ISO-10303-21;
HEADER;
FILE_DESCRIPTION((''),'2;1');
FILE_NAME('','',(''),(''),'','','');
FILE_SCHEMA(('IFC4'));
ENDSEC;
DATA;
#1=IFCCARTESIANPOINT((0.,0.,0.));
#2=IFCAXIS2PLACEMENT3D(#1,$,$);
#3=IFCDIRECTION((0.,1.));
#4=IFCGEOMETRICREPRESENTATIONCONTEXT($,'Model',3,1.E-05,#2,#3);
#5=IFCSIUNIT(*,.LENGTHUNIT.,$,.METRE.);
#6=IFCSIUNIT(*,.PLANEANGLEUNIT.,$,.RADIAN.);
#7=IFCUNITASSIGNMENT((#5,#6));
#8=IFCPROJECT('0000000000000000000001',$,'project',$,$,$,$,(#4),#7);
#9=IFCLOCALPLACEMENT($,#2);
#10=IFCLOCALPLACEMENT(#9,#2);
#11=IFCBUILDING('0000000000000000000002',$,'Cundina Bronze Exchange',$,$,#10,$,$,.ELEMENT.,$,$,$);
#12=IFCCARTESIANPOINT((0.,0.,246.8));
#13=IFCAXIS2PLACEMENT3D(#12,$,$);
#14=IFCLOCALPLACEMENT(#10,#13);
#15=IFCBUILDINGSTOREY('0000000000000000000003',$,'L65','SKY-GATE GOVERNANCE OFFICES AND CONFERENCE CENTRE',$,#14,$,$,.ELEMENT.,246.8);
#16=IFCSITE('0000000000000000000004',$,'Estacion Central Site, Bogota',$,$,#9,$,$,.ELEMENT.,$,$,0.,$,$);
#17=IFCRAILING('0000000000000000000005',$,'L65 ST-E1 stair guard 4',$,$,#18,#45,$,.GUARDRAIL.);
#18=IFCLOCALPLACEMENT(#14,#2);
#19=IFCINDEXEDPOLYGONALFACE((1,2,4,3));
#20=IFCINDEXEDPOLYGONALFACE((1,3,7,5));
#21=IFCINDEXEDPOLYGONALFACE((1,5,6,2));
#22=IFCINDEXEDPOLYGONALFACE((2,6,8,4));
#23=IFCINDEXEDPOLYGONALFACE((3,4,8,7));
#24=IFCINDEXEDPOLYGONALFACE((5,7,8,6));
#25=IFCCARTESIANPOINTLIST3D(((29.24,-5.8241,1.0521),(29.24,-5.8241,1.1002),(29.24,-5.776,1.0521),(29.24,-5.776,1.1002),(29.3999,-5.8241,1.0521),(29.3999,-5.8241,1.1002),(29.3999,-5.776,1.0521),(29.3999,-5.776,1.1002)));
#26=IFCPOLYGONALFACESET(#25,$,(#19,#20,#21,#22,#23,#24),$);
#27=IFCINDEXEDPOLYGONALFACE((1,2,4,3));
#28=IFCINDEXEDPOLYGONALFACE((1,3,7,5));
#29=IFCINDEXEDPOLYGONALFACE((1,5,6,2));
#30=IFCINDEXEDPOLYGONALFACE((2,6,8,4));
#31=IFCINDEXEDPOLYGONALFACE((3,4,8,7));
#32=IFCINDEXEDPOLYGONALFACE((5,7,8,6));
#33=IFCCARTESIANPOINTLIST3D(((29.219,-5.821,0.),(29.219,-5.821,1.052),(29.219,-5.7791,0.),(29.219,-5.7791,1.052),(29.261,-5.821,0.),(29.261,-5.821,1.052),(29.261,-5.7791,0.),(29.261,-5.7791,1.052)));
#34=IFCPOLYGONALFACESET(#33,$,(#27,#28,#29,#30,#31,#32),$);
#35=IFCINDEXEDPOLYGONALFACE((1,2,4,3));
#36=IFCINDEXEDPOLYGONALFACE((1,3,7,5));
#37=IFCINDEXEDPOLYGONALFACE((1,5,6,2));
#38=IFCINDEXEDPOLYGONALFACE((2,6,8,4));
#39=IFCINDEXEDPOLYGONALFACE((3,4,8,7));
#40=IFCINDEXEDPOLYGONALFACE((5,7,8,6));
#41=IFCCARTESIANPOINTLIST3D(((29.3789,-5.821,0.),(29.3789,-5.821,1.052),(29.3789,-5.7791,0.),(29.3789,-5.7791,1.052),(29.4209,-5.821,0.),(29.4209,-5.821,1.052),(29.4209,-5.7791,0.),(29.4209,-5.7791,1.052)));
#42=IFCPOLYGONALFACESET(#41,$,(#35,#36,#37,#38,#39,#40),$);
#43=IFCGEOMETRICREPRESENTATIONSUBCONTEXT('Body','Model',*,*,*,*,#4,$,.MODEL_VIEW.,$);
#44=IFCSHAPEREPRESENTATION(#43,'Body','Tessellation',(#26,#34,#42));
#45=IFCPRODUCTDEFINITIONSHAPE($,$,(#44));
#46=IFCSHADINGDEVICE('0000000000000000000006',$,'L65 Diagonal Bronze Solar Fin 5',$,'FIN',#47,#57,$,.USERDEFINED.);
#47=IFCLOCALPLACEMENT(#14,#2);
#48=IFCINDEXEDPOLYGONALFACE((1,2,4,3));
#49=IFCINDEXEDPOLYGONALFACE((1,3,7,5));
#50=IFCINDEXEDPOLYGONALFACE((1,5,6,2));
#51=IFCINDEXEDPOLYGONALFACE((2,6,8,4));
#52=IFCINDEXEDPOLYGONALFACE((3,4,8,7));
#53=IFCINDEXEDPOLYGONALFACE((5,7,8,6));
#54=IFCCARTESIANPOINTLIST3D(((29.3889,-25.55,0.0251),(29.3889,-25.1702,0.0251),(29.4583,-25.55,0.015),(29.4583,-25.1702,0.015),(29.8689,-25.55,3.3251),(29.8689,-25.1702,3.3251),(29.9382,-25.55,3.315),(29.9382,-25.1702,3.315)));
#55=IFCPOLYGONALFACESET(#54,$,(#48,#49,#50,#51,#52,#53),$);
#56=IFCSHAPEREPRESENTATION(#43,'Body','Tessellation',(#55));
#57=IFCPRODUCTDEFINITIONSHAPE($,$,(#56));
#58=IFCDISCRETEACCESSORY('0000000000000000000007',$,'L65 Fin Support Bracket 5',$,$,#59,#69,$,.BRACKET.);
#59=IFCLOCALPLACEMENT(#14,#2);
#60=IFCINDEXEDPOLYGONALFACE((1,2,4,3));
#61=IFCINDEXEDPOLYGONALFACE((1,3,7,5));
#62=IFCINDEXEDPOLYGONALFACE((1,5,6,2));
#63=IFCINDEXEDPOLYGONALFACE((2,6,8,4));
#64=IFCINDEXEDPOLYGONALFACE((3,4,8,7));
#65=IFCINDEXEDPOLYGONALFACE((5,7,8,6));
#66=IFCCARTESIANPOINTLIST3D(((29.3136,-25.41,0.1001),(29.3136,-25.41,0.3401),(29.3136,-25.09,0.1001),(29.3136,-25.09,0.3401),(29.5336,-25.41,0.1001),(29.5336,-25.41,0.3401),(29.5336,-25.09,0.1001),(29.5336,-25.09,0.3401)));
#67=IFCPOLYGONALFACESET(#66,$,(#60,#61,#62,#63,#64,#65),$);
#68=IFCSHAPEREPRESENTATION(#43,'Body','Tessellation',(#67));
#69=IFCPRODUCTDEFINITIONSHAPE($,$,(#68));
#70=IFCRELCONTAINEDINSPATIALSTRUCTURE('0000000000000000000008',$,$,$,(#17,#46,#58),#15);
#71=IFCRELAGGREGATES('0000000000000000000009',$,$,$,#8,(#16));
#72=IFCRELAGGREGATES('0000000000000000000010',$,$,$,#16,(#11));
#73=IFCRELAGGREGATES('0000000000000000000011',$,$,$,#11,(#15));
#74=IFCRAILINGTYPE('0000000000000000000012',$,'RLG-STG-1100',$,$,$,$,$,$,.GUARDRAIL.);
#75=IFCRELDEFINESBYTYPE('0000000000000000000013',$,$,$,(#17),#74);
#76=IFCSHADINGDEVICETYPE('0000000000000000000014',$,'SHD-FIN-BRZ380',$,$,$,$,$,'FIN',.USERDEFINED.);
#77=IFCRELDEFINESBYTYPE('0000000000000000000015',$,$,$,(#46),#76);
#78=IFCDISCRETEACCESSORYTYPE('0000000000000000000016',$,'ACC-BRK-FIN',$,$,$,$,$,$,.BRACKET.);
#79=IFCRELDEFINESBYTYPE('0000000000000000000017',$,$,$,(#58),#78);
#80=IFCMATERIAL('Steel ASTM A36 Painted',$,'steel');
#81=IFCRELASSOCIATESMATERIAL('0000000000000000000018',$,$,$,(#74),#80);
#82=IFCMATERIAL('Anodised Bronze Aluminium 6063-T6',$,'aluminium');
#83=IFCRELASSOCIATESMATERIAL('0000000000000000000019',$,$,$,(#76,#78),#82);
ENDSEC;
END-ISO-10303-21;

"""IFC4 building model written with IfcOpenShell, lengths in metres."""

from ifc_helpers import new_model, si_unit, direction, frame, origin, origin_2d, place, context, subcontext, project, spatial, rectangle, extrude, material, material_profile, profile_set, type_object, element, save


model = new_model("IFC4")

# Units and contexts
model_context = context("Model", 3, precision=1e-05, world=origin(), true_north=direction((0.0, 1.0)))
body_context = subcontext(model_context, "Body", "Model", "MODEL_VIEW")
ifc_project = project(units=[si_unit("LENGTHUNIT", "METRE"), si_unit("PLANEANGLEUNIT", "RADIAN")], contexts=[model_context])

# Site, building, storey
site_placement = place(None, origin())
site = spatial("IfcSite", under=ifc_project, at=site_placement, Name="Estacion Central Site, Bogota", CompositionType="ELEMENT", RefElevation=0.0)
building_placement = place(site_placement, origin())
building = spatial("IfcBuilding", under=site, at=building_placement, Name="Cundina Bronze Exchange", CompositionType="ELEMENT")
storey_placement = place(building_placement, frame((0.0, 0.0, 246.8)))
storey = spatial("IfcBuildingStorey", under=building, at=storey_placement, Name="L65", Description="SKY-GATE GOVERNANCE OFFICES AND CONFERENCE CENTRE", CompositionType="ELEMENT", Elevation=246.8)

# Shared definitions
ifc_material_1 = material(Name="Anodised Bronze Aluminium 6063-T6", Category="aluminium")

# Shared definitions
ifc_material_2 = material(Name="Steel ASTM A36 Painted", Category="steel")

# Railing
railing_type_1 = type_object("IfcRailingType", Name="RLG-STG-1100", PredefinedType="GUARDRAIL", material=ifc_material_2)
railing_1_placement = place(storey_placement, frame((29.24, -5.8, 0.0)))
element("IfcRailing", 1, at=railing_1_placement, inside=storey, type_object=railing_type_1, Name="L65 ST-E1 stair guard 4", PredefinedType="GUARDRAIL", context=body_context, shape_type="SweptSolid", body=[
    extrude(rectangle(XDim=0.0481, YDim=0.0481, at=origin_2d()), frame((0.0, 0.0, 1.0762), z_axis=(1.0, 0.0, 0.0), x_axis=(0.0, 1.0, 0.0)), (0.0, 0.0, 1.0), 0.1599),
    extrude(rectangle(XDim=0.042, YDim=0.042, at=origin_2d()), origin(), (0.0, 0.0, 1.0), 1.052),
    extrude(rectangle(XDim=0.042, YDim=0.042, at=origin_2d()), frame((0.1599, 0.0, 0.0)), (0.0, 0.0, 1.0), 1.052),
])

# Shading device
ifc_material_profile_1 = material_profile(ifc_material_1, rectangle(XDim=0.0701, YDim=0.3799, at=origin_2d()), Name="FIN70X380", Category="aluminium")
ifc_profile_set_1 = profile_set([ifc_material_profile_1], Name="Anodised Bronze Aluminium 6063-T6")
shading_device_type = type_object("IfcShadingDeviceType", Name="SHD-FIN-BRZ380", ElementType="FIN", PredefinedType="USERDEFINED", material=ifc_profile_set_1)
shading_device_placement = place(storey_placement, frame((29.4236, -25.3601, 0.02), z_axis=(0.143932, 0.0, 0.989588), x_axis=(-0.989588, 0.0, 0.143932)))
element("IfcShadingDevice", 2, at=shading_device_placement, inside=storey, type_object=shading_device_type, Name="L65 Diagonal Bronze Solar Fin 5", ObjectType="FIN", PredefinedType="USERDEFINED", context=body_context, shape_type="SweptSolid", body=[
    extrude(rectangle(XDim=0.0701, YDim=0.3799, at=origin_2d()), origin(), (0.0, 0.0, 1.0), 3.3347),
])

# Discrete accessory
discrete_accessory_type = type_object("IfcDiscreteAccessoryType", Name="ACC-BRK-FIN", PredefinedType="BRACKET", material=ifc_material_1)
discrete_accessory_placement = place(storey_placement, frame((29.4236, -25.25, 0.1001), z_axis=(0.0, 0.0, 1.0), x_axis=(1.0, 0.0, 0.0)))
element("IfcDiscreteAccessory", 3, at=discrete_accessory_placement, inside=storey, type_object=discrete_accessory_type, Name="L65 Fin Support Bracket 5", PredefinedType="BRACKET", context=body_context, shape_type="SweptSolid", body=[
    extrude(rectangle(XDim=0.22, YDim=0.3201, at=origin_2d()), origin(), (0.0, 0.0, 1.0), 0.24),
])

save(model, "model.ifc")
